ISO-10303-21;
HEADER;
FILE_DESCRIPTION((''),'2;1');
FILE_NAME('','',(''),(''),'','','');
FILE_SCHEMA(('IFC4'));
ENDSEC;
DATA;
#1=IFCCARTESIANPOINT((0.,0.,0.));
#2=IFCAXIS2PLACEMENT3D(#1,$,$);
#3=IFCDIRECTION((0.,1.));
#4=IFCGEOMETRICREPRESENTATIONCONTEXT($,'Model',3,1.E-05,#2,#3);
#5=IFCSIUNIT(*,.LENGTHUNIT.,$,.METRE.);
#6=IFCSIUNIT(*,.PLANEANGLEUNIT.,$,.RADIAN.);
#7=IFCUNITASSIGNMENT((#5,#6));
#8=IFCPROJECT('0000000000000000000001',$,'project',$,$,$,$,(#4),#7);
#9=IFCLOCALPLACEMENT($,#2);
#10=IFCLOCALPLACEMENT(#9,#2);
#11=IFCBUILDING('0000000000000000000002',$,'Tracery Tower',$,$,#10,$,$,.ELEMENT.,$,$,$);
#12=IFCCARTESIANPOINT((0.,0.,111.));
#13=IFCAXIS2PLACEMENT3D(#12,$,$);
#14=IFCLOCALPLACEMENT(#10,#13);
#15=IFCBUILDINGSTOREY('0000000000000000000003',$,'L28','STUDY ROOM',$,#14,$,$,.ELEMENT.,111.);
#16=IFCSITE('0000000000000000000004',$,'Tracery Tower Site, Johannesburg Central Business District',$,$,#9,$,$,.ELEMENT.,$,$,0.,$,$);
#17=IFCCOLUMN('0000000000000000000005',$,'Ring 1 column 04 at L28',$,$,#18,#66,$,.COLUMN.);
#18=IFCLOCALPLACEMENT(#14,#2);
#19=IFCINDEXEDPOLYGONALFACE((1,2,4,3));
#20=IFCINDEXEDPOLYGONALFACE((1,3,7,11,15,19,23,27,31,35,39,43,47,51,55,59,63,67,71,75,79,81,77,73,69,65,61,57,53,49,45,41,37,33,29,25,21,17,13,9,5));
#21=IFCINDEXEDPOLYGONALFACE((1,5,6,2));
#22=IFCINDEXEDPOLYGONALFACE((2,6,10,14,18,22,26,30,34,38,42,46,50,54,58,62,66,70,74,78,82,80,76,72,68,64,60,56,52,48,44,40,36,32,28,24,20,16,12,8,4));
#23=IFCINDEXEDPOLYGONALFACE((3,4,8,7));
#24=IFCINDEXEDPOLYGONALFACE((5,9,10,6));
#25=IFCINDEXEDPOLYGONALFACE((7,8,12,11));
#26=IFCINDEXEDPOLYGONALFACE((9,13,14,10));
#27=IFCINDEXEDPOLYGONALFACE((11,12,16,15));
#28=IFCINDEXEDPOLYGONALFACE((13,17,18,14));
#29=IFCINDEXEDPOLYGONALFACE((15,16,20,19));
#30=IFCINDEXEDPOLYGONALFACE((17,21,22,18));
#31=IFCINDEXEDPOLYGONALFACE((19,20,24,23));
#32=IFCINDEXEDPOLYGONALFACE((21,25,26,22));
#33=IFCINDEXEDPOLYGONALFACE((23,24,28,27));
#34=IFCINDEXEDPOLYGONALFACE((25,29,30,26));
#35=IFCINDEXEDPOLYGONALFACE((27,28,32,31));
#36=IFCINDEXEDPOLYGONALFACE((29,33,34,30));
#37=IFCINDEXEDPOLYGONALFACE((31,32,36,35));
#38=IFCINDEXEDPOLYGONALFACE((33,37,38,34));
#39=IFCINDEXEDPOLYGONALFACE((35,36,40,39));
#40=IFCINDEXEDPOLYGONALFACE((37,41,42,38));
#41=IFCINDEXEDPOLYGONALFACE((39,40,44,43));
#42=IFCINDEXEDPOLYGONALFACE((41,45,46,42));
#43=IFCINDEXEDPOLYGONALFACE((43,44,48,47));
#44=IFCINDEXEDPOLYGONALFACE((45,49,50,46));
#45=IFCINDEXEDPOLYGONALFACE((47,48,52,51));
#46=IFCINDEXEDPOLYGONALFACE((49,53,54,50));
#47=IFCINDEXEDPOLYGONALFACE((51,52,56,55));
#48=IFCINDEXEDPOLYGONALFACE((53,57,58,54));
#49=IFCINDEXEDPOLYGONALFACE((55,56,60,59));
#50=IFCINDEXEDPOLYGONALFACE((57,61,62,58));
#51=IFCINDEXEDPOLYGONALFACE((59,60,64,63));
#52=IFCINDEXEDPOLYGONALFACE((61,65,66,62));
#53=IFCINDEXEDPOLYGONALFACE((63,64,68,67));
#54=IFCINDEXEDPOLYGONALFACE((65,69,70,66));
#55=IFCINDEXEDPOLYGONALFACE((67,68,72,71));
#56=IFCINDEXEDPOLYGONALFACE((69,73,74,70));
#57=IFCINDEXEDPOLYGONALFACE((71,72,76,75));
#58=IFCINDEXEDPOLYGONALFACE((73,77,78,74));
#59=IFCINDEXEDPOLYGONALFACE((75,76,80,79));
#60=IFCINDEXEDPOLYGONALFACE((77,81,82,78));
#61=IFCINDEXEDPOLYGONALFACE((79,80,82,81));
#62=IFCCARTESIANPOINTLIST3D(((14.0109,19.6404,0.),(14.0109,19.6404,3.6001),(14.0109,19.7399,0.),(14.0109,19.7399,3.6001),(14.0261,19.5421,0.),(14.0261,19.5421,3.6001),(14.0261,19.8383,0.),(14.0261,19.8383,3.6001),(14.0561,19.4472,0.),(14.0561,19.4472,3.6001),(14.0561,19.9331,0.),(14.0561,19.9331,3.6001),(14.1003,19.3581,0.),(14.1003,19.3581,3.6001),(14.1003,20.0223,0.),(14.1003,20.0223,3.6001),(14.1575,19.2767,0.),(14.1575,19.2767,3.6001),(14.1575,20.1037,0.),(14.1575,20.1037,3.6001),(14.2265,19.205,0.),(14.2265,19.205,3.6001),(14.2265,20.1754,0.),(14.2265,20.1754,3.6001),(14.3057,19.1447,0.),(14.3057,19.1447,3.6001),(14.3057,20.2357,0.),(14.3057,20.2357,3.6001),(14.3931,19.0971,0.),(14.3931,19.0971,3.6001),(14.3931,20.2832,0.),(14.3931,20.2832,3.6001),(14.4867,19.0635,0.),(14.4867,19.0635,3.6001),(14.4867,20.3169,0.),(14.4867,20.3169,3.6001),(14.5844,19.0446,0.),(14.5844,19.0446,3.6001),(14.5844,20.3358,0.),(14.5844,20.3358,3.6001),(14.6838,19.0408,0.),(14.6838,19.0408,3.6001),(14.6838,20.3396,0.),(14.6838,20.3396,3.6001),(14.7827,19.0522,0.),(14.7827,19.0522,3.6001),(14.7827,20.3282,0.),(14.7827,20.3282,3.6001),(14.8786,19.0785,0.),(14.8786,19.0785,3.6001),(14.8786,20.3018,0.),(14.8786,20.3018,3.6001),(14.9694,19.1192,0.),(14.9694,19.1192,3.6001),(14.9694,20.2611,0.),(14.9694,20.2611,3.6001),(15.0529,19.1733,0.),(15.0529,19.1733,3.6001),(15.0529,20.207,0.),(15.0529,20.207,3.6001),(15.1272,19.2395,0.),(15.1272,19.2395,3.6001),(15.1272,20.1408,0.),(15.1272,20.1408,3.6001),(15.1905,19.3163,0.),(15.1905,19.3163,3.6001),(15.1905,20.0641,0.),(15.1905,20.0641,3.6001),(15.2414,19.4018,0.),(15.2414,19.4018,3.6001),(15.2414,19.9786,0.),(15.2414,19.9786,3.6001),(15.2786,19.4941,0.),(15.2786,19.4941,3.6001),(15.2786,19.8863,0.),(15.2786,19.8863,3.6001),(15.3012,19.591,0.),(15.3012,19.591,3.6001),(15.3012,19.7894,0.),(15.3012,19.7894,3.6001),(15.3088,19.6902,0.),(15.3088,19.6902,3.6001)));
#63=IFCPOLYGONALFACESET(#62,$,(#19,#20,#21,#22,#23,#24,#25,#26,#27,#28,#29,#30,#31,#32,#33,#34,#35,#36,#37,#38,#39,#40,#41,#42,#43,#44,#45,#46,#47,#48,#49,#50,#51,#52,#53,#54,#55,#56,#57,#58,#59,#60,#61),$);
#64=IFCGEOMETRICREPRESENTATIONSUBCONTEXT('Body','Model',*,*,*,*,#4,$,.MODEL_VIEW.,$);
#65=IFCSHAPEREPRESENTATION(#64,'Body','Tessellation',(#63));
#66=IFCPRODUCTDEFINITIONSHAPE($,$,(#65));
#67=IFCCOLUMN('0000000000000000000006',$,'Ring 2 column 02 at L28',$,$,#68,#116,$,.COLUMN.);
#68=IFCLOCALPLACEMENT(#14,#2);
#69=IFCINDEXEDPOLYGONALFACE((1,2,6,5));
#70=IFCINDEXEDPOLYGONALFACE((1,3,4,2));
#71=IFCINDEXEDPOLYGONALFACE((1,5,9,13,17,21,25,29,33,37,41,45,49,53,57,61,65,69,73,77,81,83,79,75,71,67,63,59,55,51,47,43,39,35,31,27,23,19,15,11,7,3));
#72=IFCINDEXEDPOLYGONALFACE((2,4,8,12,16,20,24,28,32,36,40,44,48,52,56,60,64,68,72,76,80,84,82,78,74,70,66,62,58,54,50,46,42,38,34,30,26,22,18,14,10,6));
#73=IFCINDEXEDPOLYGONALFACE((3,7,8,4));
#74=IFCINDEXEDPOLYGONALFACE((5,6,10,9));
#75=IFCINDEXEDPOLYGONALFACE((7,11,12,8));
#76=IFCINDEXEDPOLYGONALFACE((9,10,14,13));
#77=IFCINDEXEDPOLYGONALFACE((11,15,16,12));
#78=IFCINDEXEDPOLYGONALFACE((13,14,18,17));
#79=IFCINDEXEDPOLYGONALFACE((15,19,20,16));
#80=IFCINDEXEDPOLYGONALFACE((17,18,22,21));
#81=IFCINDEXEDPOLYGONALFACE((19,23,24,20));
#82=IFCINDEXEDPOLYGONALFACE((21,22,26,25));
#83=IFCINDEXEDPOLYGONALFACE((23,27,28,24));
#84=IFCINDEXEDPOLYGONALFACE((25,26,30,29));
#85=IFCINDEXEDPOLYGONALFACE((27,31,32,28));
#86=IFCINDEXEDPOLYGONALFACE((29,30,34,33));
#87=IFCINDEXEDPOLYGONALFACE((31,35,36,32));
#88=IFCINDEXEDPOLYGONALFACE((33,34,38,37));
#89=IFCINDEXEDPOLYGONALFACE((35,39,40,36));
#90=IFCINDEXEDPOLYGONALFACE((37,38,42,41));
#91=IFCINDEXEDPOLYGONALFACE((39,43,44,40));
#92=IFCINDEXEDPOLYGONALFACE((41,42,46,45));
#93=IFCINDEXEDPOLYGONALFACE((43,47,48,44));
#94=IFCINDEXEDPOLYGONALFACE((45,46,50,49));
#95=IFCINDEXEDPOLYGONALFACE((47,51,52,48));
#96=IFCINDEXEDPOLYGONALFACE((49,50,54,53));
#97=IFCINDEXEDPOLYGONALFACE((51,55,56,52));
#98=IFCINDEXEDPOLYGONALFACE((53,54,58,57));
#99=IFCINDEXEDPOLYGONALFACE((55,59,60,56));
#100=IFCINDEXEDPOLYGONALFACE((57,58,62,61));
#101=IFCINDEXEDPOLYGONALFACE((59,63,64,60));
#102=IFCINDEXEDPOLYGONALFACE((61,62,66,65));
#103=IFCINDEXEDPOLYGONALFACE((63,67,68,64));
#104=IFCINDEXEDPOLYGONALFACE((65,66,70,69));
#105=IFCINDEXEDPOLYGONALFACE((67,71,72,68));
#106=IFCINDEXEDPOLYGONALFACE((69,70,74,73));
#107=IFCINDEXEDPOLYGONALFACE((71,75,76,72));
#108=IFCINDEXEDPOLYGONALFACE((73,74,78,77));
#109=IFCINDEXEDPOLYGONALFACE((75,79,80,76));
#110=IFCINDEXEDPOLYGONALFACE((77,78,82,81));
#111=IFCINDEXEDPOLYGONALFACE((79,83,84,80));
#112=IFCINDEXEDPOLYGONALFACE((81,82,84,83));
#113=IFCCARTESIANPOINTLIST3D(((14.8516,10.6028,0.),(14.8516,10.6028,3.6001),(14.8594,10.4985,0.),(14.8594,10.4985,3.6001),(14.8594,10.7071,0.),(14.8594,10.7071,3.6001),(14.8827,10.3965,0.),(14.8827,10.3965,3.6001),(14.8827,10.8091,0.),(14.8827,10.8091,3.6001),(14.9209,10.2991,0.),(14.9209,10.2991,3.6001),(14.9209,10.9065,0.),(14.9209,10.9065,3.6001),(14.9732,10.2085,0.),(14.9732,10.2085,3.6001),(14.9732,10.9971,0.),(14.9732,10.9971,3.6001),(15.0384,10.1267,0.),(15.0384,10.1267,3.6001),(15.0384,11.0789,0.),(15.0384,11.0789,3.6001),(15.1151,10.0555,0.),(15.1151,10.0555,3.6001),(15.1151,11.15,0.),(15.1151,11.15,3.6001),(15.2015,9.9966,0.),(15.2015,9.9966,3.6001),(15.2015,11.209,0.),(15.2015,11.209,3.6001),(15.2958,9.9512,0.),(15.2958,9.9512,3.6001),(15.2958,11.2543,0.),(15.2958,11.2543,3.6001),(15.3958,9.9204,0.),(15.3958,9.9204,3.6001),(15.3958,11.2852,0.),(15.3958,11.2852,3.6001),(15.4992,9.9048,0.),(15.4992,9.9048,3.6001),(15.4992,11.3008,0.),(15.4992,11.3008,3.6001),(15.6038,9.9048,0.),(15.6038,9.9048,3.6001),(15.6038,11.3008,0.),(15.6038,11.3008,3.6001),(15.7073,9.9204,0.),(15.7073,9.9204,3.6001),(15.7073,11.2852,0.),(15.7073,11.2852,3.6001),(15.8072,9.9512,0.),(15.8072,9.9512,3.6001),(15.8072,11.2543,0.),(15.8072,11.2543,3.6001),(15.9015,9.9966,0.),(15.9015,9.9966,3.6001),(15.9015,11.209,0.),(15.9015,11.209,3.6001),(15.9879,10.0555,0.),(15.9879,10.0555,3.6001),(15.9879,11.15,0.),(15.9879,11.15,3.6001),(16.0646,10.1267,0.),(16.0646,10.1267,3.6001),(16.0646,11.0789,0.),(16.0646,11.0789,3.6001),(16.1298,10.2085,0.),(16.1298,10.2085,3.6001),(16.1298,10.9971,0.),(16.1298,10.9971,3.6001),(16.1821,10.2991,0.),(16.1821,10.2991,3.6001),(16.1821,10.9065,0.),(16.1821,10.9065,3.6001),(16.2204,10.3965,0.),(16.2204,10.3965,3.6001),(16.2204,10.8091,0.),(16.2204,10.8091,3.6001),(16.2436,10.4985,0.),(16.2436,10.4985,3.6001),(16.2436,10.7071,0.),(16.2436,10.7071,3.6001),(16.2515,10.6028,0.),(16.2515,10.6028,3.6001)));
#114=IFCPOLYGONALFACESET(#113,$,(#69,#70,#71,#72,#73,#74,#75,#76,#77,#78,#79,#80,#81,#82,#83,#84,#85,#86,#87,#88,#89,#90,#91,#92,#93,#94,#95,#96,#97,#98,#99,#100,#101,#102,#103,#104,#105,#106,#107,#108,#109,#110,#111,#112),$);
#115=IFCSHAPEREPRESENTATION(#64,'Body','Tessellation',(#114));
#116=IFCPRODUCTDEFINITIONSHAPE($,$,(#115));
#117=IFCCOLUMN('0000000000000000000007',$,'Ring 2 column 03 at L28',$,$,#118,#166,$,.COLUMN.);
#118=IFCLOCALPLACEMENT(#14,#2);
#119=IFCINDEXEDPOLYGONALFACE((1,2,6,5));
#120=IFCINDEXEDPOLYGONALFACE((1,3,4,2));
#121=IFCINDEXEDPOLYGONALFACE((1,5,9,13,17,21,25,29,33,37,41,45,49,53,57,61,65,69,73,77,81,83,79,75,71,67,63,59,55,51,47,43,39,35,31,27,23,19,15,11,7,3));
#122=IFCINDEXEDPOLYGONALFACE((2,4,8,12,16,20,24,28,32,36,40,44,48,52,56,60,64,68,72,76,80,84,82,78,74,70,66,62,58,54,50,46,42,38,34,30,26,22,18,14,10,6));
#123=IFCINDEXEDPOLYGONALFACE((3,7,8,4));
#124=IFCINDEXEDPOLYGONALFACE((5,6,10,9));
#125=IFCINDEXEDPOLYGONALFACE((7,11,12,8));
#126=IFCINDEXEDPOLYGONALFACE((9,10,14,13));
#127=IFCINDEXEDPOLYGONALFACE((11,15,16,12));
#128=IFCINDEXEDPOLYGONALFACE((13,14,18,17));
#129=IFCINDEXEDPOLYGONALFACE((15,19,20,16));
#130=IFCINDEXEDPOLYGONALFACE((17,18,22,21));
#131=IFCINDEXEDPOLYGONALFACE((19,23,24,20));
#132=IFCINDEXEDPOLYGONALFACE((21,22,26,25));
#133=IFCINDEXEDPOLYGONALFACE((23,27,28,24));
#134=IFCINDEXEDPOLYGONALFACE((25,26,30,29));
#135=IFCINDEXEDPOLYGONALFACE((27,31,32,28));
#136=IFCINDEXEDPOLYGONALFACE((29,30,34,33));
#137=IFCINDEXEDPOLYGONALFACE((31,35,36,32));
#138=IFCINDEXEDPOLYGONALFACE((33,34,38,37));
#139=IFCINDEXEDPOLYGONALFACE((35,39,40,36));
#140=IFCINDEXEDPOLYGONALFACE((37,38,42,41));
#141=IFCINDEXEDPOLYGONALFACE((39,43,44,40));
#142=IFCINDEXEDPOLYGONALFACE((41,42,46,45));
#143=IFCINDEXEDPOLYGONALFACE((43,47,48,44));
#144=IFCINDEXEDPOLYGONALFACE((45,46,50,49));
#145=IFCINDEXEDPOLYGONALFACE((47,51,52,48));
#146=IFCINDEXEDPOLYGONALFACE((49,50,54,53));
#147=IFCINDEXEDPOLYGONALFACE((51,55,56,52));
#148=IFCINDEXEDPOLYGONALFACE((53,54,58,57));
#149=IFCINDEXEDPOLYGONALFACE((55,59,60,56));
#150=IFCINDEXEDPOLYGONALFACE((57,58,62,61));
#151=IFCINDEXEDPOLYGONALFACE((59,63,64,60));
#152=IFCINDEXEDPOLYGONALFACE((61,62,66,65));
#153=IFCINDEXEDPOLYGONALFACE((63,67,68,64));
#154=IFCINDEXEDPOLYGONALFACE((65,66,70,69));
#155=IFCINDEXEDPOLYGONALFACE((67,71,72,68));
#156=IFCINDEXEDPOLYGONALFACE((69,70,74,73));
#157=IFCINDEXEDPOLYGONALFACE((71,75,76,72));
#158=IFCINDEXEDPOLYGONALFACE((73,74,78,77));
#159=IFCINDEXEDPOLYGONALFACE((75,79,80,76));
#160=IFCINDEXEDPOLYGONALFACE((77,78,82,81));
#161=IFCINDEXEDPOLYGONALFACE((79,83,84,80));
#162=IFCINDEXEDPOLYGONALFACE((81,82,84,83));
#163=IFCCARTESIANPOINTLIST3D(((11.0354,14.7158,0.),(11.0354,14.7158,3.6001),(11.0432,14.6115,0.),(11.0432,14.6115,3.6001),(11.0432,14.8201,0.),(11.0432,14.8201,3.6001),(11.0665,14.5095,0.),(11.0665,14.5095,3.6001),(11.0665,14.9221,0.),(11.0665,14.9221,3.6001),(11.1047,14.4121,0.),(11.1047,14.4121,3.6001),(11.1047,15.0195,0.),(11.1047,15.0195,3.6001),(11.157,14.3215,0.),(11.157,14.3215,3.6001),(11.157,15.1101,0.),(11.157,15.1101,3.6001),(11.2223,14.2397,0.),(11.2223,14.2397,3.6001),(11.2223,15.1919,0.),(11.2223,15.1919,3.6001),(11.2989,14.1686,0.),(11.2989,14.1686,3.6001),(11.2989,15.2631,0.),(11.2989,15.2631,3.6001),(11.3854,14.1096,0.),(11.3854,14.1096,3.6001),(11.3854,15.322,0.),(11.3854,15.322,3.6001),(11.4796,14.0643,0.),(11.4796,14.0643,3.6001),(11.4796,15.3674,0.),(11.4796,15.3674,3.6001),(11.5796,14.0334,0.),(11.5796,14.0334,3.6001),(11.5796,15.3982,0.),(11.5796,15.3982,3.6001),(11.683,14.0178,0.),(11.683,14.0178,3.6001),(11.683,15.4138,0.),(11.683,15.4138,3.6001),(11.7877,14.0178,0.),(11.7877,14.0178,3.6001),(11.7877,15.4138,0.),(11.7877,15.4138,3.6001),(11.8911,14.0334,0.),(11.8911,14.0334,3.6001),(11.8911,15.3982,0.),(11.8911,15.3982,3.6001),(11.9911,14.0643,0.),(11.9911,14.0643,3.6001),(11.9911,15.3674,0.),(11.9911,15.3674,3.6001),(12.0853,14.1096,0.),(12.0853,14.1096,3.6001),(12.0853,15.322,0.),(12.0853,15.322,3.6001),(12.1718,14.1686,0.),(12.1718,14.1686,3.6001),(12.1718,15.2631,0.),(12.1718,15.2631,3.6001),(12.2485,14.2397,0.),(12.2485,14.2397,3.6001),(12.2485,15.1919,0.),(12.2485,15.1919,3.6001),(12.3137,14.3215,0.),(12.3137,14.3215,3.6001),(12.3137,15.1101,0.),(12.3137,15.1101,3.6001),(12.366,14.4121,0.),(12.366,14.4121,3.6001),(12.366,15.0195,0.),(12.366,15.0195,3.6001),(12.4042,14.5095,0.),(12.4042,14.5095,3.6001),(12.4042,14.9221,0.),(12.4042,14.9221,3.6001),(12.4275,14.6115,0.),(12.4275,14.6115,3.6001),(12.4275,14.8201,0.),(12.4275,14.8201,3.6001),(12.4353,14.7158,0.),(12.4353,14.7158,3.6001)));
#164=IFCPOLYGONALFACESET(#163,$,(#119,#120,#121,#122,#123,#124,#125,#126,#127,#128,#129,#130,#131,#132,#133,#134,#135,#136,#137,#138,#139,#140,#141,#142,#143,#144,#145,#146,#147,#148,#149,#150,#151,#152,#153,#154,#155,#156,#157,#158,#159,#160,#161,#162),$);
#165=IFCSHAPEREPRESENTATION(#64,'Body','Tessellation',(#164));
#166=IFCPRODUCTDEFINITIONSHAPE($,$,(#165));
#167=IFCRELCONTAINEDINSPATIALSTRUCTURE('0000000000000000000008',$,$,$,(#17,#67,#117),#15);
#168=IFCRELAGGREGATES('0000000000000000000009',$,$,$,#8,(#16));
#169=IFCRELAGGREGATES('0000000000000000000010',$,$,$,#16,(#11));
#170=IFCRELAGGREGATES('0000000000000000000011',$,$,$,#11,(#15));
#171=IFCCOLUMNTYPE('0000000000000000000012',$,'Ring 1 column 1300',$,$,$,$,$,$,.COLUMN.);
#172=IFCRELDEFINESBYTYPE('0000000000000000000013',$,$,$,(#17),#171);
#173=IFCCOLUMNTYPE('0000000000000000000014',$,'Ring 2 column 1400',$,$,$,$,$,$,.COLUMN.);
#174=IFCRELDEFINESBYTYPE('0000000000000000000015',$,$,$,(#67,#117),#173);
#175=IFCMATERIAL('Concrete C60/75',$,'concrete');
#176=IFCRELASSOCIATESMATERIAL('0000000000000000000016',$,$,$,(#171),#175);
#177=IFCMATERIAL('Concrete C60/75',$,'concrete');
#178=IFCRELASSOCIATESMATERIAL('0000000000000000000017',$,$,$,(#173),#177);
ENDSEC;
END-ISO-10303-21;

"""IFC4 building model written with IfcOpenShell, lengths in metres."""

from ifc_helpers import new_model, si_unit, direction, frame, origin, origin_2d, place, context, subcontext, project, spatial, circle, extrude, material, material_profile, profile_set, type_object, element, save


model = new_model("IFC4")

# Units and contexts
model_context = context("Model", 3, precision=1e-05, world=origin(), true_north=direction((0.0, 1.0)))
body_context = subcontext(model_context, "Body", "Model", "MODEL_VIEW")
ifc_project = project(units=[si_unit("LENGTHUNIT", "METRE"), si_unit("PLANEANGLEUNIT", "RADIAN")], contexts=[model_context])

# Site, building, storey
site_placement = place(None, origin())
site = spatial("IfcSite", under=ifc_project, at=site_placement, Name="Tracery Tower Site, Johannesburg Central Business District", CompositionType="ELEMENT", RefElevation=0.0)
building_placement = place(site_placement, origin())
building = spatial("IfcBuilding", under=site, at=building_placement, Name="Tracery Tower", CompositionType="ELEMENT")
storey_placement = place(building_placement, frame((0.0, 0.0, 111.0)))
storey = spatial("IfcBuildingStorey", under=building, at=storey_placement, Name="L28", Description="STUDY ROOM", CompositionType="ELEMENT", Elevation=111.0)

# Columns
ifc_material_1 = material(Name="Concrete C60/75", Category="concrete")
ifc_material_profile_1 = material_profile(ifc_material_1, circle(Radius=0.6499, at=origin_2d()), Name="RC D1300")
ifc_profile_set_1 = profile_set([ifc_material_profile_1], Name="Concrete C60/75")
column_type_1 = type_object("IfcColumnType", Name="Ring 1 column 1300", PredefinedType="COLUMN", material=ifc_profile_set_1)
column_placement = place(storey_placement, frame((14.6589, 19.6902, 0.0), z_axis=(0.0, 0.0, 1.0), x_axis=(1.0, 0.0, 0.0)))
element("IfcColumn", 1, at=column_placement, inside=storey, type_object=column_type_1, Name="Ring 1 column 04 at L28", PredefinedType="COLUMN", context=body_context, shape_type="SweptSolid", body=[
    extrude(circle(Radius=0.6499, at=origin_2d()), origin(), (0.0, 0.0, 1.0), 3.6001),
])
ifc_material_2 = material(Name="Concrete C60/75", Category="concrete")
ifc_material_profile_2 = material_profile(ifc_material_2, circle(Radius=0.7, at=origin_2d()), Name="RC D1400")
ifc_profile_set_2 = profile_set([ifc_material_profile_2], Name="Concrete C60/75")
column_type_2 = type_object("IfcColumnType", Name="Ring 2 column 1400", PredefinedType="COLUMN", material=ifc_profile_set_2)
for number, where, z_axis, x_axis, name in (
    (2, (15.5515, 10.6028, 0.0), (0.0, 0.0, 1.0), (1.0, 0.0, 0.0), "Ring 2 column 02 at L28"),
    (3, (11.7354, 14.7158, 0.0), (0.0, 0.0, 1.0), (1.0, 0.0, 0.0), "Ring 2 column 03 at L28"),
):
    element("IfcColumn", number, at=place(storey_placement, frame(where, z_axis=z_axis, x_axis=x_axis)), inside=storey, type_object=column_type_2, Name=name, PredefinedType="COLUMN", context=body_context, shape_type="SweptSolid", body=[
        extrude(circle(Radius=0.7, at=origin_2d()), origin(), (0.0, 0.0, 1.0), 3.6001),
    ])

save(model, "model.ifc")
